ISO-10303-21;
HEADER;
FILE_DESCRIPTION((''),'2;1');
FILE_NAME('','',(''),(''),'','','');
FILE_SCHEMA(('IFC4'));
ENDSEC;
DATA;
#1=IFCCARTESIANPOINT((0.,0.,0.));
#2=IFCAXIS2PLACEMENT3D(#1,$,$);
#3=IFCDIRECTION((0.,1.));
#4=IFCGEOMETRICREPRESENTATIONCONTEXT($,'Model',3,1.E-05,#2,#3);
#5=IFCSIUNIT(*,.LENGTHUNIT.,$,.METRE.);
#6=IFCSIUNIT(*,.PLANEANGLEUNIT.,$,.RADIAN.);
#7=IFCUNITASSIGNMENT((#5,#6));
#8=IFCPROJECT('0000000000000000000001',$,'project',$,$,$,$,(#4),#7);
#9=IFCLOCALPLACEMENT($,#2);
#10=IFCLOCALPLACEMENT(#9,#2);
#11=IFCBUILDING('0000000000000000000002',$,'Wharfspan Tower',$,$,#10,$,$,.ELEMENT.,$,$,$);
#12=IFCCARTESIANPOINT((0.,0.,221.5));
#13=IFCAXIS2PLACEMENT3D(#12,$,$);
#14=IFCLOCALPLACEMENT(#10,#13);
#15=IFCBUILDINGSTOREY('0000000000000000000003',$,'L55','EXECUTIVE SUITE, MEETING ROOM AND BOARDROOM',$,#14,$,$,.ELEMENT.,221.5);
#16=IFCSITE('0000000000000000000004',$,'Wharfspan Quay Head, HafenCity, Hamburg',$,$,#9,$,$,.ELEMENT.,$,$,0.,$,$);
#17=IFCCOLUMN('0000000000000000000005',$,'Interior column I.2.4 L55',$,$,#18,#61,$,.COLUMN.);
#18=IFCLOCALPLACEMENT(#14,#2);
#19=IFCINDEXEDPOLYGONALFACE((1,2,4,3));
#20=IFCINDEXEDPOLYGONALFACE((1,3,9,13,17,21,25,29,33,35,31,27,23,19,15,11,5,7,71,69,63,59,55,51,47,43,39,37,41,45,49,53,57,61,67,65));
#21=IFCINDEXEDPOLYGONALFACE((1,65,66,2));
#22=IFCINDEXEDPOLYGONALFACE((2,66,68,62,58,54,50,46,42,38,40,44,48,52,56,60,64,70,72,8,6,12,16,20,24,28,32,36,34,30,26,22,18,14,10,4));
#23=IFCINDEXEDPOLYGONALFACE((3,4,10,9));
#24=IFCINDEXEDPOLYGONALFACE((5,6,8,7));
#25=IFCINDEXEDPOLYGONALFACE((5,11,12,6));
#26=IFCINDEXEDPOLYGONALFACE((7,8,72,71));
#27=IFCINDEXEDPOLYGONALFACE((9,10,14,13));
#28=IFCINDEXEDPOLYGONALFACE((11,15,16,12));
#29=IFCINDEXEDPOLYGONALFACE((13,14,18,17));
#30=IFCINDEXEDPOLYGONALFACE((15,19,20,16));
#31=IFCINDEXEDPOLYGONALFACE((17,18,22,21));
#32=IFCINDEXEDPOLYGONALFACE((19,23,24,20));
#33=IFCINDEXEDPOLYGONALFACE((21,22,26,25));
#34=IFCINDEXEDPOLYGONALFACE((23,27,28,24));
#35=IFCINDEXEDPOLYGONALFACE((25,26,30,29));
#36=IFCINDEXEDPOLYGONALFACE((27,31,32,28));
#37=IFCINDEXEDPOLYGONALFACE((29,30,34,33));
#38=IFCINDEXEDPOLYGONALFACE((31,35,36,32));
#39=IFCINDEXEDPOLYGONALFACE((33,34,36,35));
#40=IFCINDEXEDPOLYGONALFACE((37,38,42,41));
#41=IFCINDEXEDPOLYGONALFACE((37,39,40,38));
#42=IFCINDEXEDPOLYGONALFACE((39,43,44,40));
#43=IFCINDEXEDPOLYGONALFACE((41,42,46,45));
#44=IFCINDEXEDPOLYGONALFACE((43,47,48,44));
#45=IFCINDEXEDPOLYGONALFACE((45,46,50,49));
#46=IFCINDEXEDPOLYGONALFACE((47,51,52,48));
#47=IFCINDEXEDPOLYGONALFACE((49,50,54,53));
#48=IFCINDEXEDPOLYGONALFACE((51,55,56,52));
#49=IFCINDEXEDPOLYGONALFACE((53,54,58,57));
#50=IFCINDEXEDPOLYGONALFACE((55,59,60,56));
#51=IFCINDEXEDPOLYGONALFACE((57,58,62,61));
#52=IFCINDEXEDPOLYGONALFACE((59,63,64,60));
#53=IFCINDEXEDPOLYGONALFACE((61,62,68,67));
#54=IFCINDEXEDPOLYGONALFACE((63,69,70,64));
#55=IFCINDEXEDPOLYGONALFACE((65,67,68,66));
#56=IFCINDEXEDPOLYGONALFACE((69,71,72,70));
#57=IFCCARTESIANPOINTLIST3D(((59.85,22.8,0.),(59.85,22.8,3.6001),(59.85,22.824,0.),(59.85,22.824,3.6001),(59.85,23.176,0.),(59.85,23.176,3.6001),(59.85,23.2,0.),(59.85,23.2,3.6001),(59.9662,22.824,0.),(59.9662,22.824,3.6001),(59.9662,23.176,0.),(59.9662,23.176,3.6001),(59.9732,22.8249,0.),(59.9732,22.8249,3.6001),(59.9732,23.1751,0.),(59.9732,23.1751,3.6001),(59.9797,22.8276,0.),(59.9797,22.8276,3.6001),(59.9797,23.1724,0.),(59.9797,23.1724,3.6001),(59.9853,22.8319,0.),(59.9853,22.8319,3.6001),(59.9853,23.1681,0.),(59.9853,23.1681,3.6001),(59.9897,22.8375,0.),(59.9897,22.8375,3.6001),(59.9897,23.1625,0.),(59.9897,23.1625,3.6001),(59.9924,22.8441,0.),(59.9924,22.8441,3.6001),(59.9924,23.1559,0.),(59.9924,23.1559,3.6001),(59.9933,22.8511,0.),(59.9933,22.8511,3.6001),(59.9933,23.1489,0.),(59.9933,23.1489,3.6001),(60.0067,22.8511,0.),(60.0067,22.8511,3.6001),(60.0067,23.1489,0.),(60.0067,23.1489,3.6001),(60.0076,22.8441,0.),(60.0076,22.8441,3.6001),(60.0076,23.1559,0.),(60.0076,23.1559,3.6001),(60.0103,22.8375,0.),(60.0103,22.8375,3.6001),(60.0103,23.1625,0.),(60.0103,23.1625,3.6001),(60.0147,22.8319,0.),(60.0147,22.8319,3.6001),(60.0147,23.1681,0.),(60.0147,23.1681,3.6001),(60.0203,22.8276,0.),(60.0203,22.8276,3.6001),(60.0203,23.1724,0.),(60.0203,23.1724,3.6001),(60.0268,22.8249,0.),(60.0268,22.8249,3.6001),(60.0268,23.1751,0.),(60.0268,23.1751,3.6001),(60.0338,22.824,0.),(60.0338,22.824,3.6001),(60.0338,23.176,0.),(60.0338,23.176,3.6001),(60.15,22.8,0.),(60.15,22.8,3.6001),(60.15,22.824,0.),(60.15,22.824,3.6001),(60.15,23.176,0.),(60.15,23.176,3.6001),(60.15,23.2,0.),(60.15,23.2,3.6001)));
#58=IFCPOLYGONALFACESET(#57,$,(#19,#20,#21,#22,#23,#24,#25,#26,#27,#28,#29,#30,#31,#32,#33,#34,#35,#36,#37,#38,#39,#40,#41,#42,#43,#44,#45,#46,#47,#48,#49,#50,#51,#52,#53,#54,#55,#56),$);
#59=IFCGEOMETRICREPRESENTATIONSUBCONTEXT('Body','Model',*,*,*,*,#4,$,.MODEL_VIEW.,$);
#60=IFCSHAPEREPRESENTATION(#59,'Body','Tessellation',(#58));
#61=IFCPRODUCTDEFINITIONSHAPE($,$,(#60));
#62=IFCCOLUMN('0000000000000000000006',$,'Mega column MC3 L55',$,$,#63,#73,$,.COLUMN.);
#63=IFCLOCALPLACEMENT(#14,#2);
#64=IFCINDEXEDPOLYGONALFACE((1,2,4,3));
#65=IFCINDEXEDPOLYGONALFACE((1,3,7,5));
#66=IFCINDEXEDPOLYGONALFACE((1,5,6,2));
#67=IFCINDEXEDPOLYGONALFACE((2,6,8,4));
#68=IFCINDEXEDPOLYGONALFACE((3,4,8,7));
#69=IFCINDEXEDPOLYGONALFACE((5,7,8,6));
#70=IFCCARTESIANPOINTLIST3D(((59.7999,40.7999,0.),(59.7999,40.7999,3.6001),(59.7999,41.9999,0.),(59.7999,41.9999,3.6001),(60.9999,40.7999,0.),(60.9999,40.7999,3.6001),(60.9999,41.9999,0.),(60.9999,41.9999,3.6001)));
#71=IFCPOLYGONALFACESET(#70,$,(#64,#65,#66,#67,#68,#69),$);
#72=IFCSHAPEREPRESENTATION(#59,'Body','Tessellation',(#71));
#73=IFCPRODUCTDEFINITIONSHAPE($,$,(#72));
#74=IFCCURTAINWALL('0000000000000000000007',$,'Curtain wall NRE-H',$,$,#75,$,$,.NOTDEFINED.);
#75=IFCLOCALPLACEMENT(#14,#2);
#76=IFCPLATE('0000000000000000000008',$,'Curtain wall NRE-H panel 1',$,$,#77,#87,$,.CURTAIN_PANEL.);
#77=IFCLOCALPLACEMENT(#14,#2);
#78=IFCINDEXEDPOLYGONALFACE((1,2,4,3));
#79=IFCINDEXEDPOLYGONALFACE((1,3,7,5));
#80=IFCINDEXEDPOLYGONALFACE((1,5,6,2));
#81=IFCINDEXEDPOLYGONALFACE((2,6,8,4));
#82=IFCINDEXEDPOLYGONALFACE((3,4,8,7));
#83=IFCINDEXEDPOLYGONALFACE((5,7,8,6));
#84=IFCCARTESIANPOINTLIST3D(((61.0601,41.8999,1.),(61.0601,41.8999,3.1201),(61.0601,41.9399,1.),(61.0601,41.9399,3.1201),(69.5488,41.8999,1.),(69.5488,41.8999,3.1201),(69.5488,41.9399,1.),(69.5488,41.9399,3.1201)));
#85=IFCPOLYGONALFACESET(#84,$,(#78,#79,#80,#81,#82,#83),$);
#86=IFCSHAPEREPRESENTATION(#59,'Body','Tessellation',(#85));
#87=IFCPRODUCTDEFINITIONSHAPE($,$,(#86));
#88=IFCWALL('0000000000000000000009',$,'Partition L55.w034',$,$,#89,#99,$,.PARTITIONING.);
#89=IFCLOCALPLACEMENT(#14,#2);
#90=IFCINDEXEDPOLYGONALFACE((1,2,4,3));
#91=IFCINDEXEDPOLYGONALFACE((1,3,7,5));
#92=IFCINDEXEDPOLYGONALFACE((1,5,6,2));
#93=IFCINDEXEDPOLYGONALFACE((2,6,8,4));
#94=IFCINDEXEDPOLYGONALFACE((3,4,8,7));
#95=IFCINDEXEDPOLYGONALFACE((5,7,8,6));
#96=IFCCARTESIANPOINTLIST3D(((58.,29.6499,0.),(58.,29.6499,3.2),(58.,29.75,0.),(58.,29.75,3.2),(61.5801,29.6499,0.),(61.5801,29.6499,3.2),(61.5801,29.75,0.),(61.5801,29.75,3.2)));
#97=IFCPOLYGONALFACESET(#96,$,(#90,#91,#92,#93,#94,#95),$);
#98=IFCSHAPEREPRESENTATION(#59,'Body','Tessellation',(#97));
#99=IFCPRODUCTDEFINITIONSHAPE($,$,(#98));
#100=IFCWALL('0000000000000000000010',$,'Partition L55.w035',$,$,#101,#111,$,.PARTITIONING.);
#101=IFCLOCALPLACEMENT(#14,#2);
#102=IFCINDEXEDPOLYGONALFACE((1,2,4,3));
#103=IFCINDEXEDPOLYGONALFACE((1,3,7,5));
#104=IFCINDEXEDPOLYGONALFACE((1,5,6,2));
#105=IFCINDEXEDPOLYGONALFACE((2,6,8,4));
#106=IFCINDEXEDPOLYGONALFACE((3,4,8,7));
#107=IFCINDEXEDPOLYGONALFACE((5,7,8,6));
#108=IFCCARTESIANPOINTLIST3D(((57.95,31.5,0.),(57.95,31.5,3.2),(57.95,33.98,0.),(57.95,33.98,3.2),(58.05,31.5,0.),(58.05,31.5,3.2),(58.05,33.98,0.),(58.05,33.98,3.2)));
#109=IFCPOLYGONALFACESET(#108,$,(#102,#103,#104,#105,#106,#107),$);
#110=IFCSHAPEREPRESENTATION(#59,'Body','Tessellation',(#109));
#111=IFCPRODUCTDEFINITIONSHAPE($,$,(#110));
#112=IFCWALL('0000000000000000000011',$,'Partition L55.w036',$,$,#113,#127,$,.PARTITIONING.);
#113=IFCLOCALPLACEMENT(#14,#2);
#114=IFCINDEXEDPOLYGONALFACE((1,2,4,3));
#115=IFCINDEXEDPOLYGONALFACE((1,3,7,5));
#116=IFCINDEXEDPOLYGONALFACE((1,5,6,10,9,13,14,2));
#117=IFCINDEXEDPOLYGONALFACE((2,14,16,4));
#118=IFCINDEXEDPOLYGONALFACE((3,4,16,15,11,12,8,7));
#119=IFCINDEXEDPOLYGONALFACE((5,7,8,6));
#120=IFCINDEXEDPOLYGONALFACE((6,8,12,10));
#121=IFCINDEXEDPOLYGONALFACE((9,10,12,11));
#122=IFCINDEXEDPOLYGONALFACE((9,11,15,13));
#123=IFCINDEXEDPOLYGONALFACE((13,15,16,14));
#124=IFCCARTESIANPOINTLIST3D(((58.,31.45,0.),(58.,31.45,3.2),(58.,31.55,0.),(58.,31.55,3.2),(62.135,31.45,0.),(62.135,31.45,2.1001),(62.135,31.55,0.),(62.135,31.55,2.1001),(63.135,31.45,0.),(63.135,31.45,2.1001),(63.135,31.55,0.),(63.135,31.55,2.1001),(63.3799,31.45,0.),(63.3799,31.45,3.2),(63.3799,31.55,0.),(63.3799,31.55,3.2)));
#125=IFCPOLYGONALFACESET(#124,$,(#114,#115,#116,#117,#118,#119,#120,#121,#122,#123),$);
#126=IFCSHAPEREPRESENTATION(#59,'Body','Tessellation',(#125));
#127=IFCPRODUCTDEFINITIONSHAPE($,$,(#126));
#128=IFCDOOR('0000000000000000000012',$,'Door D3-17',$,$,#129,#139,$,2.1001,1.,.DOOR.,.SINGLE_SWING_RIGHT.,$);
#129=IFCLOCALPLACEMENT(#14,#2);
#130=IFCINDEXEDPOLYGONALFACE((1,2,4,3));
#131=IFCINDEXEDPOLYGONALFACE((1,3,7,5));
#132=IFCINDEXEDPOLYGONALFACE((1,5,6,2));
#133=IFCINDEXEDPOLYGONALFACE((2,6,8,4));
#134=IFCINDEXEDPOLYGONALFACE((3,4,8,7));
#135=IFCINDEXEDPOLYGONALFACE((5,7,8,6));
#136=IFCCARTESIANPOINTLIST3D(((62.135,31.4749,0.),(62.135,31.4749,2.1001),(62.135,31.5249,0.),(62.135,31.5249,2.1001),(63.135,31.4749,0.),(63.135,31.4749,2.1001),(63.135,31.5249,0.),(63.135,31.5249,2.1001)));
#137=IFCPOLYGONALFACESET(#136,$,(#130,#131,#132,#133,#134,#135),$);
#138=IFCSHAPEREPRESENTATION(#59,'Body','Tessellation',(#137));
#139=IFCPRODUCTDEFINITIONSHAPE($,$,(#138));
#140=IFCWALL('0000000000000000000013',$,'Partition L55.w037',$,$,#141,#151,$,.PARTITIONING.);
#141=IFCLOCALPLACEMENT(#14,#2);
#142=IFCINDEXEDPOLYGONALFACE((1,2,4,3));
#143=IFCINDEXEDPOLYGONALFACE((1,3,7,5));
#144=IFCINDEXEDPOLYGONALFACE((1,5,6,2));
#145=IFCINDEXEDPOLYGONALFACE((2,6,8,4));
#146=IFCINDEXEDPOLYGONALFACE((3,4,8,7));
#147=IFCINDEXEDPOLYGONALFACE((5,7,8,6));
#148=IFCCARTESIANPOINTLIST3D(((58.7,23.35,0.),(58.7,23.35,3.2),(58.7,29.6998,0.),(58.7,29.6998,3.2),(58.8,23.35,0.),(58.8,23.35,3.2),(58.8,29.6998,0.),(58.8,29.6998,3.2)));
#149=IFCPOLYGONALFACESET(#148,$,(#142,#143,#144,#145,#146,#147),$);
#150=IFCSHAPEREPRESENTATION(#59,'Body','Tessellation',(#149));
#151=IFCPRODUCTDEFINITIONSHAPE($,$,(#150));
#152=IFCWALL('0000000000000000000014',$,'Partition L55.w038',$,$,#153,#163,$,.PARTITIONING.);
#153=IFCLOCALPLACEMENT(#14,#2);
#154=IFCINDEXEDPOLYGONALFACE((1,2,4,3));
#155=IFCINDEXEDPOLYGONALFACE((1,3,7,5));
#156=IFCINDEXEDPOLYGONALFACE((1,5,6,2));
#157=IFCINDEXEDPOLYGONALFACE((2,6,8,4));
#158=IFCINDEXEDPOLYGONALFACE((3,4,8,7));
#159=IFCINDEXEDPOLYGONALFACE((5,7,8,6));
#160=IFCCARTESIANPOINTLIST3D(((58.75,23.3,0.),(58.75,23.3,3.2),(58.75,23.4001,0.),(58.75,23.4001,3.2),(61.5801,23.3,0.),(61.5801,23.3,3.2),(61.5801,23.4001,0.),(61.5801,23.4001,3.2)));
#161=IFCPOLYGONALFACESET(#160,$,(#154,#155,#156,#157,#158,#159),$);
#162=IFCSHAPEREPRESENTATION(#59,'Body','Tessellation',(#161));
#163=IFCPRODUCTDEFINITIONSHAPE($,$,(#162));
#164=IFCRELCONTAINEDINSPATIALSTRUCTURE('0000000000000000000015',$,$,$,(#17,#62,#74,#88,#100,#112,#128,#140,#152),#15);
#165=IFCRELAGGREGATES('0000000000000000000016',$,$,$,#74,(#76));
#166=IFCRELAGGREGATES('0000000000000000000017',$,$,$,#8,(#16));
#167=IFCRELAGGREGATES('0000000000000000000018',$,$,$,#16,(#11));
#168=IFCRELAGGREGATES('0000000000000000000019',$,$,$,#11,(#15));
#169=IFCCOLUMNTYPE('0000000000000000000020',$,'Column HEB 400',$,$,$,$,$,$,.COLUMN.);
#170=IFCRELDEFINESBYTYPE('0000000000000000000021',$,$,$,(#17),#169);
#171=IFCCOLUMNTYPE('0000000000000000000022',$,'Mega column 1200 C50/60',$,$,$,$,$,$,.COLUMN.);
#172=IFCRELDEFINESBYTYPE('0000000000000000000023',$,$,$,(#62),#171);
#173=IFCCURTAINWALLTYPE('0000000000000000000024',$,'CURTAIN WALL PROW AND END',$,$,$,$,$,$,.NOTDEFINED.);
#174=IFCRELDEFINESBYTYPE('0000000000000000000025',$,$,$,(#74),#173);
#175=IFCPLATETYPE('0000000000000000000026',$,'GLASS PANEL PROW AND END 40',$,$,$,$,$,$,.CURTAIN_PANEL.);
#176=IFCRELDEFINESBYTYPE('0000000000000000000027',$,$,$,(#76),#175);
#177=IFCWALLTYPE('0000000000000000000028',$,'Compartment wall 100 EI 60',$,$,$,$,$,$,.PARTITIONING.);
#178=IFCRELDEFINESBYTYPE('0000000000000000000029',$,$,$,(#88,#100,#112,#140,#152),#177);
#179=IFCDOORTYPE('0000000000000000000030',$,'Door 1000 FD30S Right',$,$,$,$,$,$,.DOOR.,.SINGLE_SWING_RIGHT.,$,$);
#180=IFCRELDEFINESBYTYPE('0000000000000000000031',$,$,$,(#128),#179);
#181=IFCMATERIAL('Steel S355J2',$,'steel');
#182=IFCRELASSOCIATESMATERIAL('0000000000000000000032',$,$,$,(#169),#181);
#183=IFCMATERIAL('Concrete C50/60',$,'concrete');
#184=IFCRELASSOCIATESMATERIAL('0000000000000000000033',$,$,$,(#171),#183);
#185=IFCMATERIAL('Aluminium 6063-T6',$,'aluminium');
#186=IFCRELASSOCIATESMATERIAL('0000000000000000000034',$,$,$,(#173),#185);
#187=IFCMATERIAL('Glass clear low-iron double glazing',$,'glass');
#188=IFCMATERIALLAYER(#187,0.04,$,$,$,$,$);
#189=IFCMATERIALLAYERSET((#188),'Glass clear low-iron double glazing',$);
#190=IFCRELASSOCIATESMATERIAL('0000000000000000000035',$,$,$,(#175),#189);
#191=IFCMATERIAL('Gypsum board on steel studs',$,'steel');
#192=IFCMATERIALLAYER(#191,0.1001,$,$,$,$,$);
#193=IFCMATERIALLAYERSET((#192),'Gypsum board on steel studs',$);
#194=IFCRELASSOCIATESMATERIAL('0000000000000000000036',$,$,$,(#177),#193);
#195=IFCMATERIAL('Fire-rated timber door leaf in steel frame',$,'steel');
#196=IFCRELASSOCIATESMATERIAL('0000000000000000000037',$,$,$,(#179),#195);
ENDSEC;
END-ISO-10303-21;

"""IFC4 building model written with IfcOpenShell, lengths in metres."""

from ifc_helpers import new_model, si_unit, direction, frame, frame_2d, origin, origin_2d, place, context, subcontext, project, spatial, rectangle, i_section, extrude, material, layer, layer_set, material_profile, profile_set, type_object, element, fill, aggregate, save


model = new_model("IFC4")

# Units and contexts
model_context = context("Model", 3, precision=1e-05, world=origin(), true_north=direction((0.0, 1.0)))
body_context = subcontext(model_context, "Body", "Model", "MODEL_VIEW")
ifc_project = project(units=[si_unit("LENGTHUNIT", "METRE"), si_unit("PLANEANGLEUNIT", "RADIAN")], contexts=[model_context])

# Site, building, storey
site_placement = place(None, origin())
site = spatial("IfcSite", under=ifc_project, at=site_placement, Name="Wharfspan Quay Head, HafenCity, Hamburg", CompositionType="ELEMENT", RefElevation=0.0)
building_placement = place(site_placement, origin())
building = spatial("IfcBuilding", under=site, at=building_placement, Name="Wharfspan Tower", CompositionType="ELEMENT")
storey_placement = place(building_placement, frame((0.0, 0.0, 221.5)))
storey = spatial("IfcBuildingStorey", under=building, at=storey_placement, Name="L55", Description="EXECUTIVE SUITE, MEETING ROOM AND BOARDROOM", CompositionType="ELEMENT", Elevation=221.5)

# Columns
ifc_material_1 = material(Name="Steel S355J2", Category="steel")
ifc_material_profile_1 = material_profile(ifc_material_1, i_section(OverallWidth=0.3, OverallDepth=0.3999, WebThickness=0.0134, FlangeThickness=0.0239, FilletRadius=0.0271, at=origin_2d()))
ifc_profile_set_1 = profile_set([ifc_material_profile_1], Name="Steel S355J2")
column_type_1 = type_object("IfcColumnType", Name="Column HEB 400", PredefinedType="COLUMN", material=ifc_profile_set_1)
column_1_placement = place(storey_placement, frame((60.0, 23.0, 0.0), z_axis=(0.0, 0.0, 1.0), x_axis=(1.0, 0.0, 0.0)))
element("IfcColumn", 1, at=column_1_placement, inside=storey, type_object=column_type_1, Name="Interior column I.2.4 L55", PredefinedType="COLUMN", context=body_context, shape_type="SweptSolid", body=[
    extrude(i_section(OverallWidth=0.3, OverallDepth=0.3999, WebThickness=0.0134, FlangeThickness=0.0239, FilletRadius=0.0271, at=origin_2d()), origin(), (0.0, 0.0, 1.0), 3.6001),
])
ifc_material_2 = material(Name="Concrete C50/60", Category="concrete")
ifc_material_profile_2 = material_profile(ifc_material_2, rectangle(XDim=1.2, YDim=1.2, at=origin_2d()))
ifc_profile_set_2 = profile_set([ifc_material_profile_2], Name="Concrete C50/60")
column_type_2 = type_object("IfcColumnType", Name="Mega column 1200 C50/60", PredefinedType="COLUMN", material=ifc_profile_set_2)
column_2_placement = place(storey_placement, frame((60.3999, 41.3999, 0.0), z_axis=(0.0, 0.0, 1.0), x_axis=(1.0, 0.0, 0.0)))
element("IfcColumn", 2, at=column_2_placement, inside=storey, type_object=column_type_2, Name="Mega column MC3 L55", PredefinedType="COLUMN", context=body_context, shape_type="SweptSolid", body=[
    extrude(rectangle(XDim=1.2, YDim=1.2, at=origin_2d()), origin(), (0.0, 0.0, 1.0), 3.6001),
])

# Curtain wall, plate
ifc_material_3 = material(Name="Aluminium 6063-T6", Category="aluminium")
curtain_wall_type = type_object("IfcCurtainWallType", Name="CURTAIN WALL PROW AND END", PredefinedType="NOTDEFINED", material=ifc_material_3)
curtain_wall_placement = place(storey_placement, origin())
curtain_wall = element("IfcCurtainWall", 3, at=curtain_wall_placement, inside=storey, type_object=curtain_wall_type, Name="Curtain wall NRE-H", PredefinedType="NOTDEFINED")
ifc_material_4 = material(Name="Glass clear low-iron double glazing", Category="glass")
ifc_layer_1 = layer(ifc_material_4, 0.04)
ifc_layer_set_1 = layer_set([ifc_layer_1], Name="Glass clear low-iron double glazing")
plate_type = type_object("IfcPlateType", Name="GLASS PANEL PROW AND END 40", PredefinedType="CURTAIN_PANEL", material=ifc_layer_set_1)
plate_placement = place(storey_placement, frame((65.3044, 41.9199, 1.0), z_axis=(0.0, 0.0, 1.0), x_axis=(-1.0, 0.0, 0.0)))
plate = element("IfcPlate", 4, at=plate_placement, type_object=plate_type, Name="Curtain wall NRE-H panel 1", PredefinedType="CURTAIN_PANEL", context=body_context, shape_type="SweptSolid", body=[
    extrude(rectangle(XDim=8.4888, YDim=0.04, at=origin_2d()), origin(), (0.0, 0.0, 1.0), 2.1201),
])
aggregate(curtain_wall, [plate])

# Walls
ifc_material_5 = material(Name="Gypsum board on steel studs", Category="steel")
ifc_layer_2 = layer(ifc_material_5, 0.1001)
ifc_layer_set_2 = layer_set([ifc_layer_2], Name="Gypsum board on steel studs")
wall_type = type_object("IfcWallType", Name="Compartment wall 100 EI 60", PredefinedType="PARTITIONING", material=ifc_layer_set_2)
wall_1_placement = place(storey_placement, frame((58.0, 29.7, 0.0), z_axis=(0.0, 0.0, 1.0), x_axis=(1.0, 0.0, 0.0)))
element("IfcWall", 5, at=wall_1_placement, inside=storey, type_object=wall_type, Name="Partition L55.w034", PredefinedType="PARTITIONING", context=body_context, shape_type="SweptSolid", body=[
    extrude(rectangle(XDim=3.5801, YDim=0.1001, at=frame_2d((1.79, 0.0))), origin(), (0.0, 0.0, 1.0), 3.2),
])
wall_2_placement = place(storey_placement, frame((58.0, 31.5, 0.0), z_axis=(0.0, 0.0, 1.0), x_axis=(0.0, 1.0, 0.0)))
element("IfcWall", 6, at=wall_2_placement, inside=storey, type_object=wall_type, Name="Partition L55.w035", PredefinedType="PARTITIONING", context=body_context, shape_type="SweptSolid", body=[
    extrude(rectangle(XDim=2.48, YDim=0.1001, at=frame_2d((1.24, 0.0))), origin(), (0.0, 0.0, 1.0), 3.2),
])

# Wall, opening, door
wall_3_placement = place(storey_placement, frame((58.0, 31.5, 0.0), z_axis=(0.0, 0.0, 1.0), x_axis=(1.0, 0.0, 0.0)))
wall_3 = element("IfcWall", 7, at=wall_3_placement, inside=storey, type_object=wall_type, Name="Partition L55.w036", PredefinedType="PARTITIONING", context=body_context, shape_type="SweptSolid", body=[
    extrude(rectangle(XDim=5.3799, YDim=0.1001, at=frame_2d((2.6899, 0.0))), origin(), (0.0, 0.0, 1.0), 3.2),
])
opening_1_placement = place(wall_3_placement, frame((4.135, 0.0, 0.0)))
opening_1 = element("IfcOpeningElement", 8, at=opening_1_placement, cuts=wall_3, PredefinedType="OPENING", context=body_context, shape_type="SweptSolid", body=[
    extrude(rectangle(XDim=1.0, YDim=2.1001, at=frame_2d((0.5, 1.05))), frame((0.0, 0.0601, 0.0), z_axis=(0.0, -1.0, 0.0), x_axis=(1.0, 0.0, 0.0)), (0.0, 0.0, 1.0), 0.1201),
])
ifc_material_6 = material(Name="Fire-rated timber door leaf in steel frame", Category="steel")
door_type = type_object("IfcDoorType", Name="Door 1000 FD30S Right", OperationType="SINGLE_SWING_RIGHT", PredefinedType="DOOR", material=ifc_material_6)
door_1_placement = place(opening_1_placement, origin())
door_1 = element("IfcDoor", 9, at=door_1_placement, inside=storey, type_object=door_type, Name="Door D3-17", OperationType="SINGLE_SWING_RIGHT", OverallHeight=2.1001, OverallWidth=1.0, PredefinedType="DOOR", context=body_context, shape_type="SweptSolid", body=[
    extrude(rectangle(XDim=1.0, YDim=2.1001, at=frame_2d((0.5, 1.05))), frame((0.0, 0.0249, 0.0), z_axis=(0.0, -1.0, 0.0), x_axis=(1.0, 0.0, 0.0)), (0.0, 0.0, 1.0), 0.05),
])
fill(opening_1, door_1)

# Walls
wall_4_placement = place(storey_placement, frame((58.75, 23.3501, 0.0), z_axis=(0.0, 0.0, 1.0), x_axis=(0.0, 1.0, 0.0)))
element("IfcWall", 10, at=wall_4_placement, inside=storey, type_object=wall_type, Name="Partition L55.w037", PredefinedType="PARTITIONING", context=body_context, shape_type="SweptSolid", body=[
    extrude(rectangle(XDim=6.3499, YDim=0.1001, at=frame_2d((3.1748, 0.0))), origin(), (0.0, 0.0, 1.0), 3.2),
])
wall_5_placement = place(storey_placement, frame((58.75, 23.3501, 0.0), z_axis=(0.0, 0.0, 1.0), x_axis=(1.0, 0.0, 0.0)))
element("IfcWall", 11, at=wall_5_placement, inside=storey, type_object=wall_type, Name="Partition L55.w038", PredefinedType="PARTITIONING", context=body_context, shape_type="SweptSolid", body=[
    extrude(rectangle(XDim=2.8301, YDim=0.1001, at=frame_2d((1.415, 0.0))), origin(), (0.0, 0.0, 1.0), 3.2),
])

save(model, "model.ifc")
